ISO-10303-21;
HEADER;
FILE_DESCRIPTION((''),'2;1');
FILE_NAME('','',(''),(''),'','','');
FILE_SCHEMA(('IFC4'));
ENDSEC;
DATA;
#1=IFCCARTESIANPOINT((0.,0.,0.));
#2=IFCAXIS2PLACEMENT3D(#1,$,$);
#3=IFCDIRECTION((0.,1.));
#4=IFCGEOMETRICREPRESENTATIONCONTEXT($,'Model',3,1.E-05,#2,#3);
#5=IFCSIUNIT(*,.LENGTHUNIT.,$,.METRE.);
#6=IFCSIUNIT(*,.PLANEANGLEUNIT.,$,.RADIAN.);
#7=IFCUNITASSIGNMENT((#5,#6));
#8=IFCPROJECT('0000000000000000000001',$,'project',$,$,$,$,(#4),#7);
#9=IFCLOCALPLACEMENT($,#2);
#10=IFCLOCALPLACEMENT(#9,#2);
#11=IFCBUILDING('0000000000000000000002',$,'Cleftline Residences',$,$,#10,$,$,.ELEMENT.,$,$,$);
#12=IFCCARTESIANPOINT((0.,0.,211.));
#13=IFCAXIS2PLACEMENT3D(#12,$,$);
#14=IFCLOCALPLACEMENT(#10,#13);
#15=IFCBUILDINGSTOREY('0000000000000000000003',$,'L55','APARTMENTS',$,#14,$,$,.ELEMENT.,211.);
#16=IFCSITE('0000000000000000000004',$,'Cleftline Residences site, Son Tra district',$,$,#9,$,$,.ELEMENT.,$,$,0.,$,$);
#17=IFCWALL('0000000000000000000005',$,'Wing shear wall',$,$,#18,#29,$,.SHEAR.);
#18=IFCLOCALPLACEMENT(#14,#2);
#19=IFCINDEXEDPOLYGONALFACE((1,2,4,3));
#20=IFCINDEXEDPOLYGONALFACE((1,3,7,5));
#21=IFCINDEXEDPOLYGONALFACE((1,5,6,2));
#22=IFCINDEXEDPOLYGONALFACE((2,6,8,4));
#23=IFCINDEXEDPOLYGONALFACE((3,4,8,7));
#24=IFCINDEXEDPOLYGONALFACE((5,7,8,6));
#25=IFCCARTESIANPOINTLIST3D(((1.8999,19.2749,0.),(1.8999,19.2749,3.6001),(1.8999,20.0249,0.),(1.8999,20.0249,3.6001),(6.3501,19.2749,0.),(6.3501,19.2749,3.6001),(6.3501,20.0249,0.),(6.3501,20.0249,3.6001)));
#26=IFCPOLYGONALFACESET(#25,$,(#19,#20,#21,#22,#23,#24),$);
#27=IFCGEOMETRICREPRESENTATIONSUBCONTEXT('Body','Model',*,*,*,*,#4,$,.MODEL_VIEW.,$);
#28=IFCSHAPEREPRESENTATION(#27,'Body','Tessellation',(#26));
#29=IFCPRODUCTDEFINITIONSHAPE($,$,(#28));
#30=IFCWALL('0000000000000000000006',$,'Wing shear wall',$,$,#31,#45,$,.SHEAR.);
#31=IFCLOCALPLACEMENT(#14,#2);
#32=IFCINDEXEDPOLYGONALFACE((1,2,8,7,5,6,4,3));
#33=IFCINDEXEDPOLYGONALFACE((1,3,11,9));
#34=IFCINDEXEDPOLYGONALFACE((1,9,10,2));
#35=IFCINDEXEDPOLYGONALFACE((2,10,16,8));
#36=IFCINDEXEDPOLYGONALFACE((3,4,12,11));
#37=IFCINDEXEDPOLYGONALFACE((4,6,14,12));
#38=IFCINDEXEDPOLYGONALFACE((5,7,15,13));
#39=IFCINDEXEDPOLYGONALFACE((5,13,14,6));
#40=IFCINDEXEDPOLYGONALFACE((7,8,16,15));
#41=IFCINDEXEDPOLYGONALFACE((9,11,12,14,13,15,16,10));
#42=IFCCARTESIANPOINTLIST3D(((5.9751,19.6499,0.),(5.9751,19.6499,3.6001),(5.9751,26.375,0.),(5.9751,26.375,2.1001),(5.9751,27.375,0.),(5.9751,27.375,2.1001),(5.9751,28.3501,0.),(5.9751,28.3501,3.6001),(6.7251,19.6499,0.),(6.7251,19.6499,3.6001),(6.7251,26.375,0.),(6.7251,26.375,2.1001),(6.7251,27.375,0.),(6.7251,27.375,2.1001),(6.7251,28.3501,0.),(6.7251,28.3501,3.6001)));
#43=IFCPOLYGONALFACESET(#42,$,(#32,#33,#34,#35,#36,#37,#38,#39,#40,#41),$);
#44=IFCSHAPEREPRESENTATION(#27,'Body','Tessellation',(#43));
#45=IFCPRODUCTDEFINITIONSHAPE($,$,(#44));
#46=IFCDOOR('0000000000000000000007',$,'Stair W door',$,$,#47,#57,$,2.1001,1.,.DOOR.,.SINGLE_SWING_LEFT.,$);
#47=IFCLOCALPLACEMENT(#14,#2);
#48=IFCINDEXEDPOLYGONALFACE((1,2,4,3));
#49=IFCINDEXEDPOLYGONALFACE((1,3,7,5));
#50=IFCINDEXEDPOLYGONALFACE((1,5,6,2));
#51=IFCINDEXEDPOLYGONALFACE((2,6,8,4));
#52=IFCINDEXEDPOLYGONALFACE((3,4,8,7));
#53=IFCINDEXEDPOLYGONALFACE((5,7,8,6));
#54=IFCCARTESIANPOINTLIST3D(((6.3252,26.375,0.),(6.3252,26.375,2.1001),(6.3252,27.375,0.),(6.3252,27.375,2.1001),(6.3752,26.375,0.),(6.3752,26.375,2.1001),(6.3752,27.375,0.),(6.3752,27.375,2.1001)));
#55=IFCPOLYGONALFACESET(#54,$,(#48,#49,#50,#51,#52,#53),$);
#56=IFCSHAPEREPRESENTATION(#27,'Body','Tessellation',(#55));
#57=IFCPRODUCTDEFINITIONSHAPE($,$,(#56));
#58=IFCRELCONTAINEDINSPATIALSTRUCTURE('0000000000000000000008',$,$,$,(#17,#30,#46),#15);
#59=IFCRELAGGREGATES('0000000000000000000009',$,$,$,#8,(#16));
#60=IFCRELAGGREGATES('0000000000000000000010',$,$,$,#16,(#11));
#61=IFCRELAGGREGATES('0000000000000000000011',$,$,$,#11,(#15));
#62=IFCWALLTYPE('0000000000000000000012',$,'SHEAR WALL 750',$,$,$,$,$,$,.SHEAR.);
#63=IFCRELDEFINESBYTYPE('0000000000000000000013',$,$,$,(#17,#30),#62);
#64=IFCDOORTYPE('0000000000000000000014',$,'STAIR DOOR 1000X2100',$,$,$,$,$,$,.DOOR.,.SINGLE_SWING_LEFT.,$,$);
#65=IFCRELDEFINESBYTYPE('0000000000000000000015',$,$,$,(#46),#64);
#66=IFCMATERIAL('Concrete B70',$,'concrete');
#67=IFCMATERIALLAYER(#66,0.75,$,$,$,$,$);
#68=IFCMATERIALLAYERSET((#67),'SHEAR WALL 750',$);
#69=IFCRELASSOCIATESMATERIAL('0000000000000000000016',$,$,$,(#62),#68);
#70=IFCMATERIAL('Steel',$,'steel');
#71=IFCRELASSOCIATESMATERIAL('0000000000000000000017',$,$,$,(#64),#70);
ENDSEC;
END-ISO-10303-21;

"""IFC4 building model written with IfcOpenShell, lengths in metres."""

from ifc_helpers import new_model, si_unit, direction, frame, frame_2d, origin, place, context, subcontext, project, spatial, rectangle, extrude, material, layer, layer_set, type_object, element, fill, save


model = new_model("IFC4")

# Units and contexts
model_context = context("Model", 3, precision=1e-05, world=origin(), true_north=direction((0.0, 1.0)))
body_context = subcontext(model_context, "Body", "Model", "MODEL_VIEW")
ifc_project = project(units=[si_unit("LENGTHUNIT", "METRE"), si_unit("PLANEANGLEUNIT", "RADIAN")], contexts=[model_context])

# Site, building, storey
site_placement = place(None, origin())
site = spatial("IfcSite", under=ifc_project, at=site_placement, Name="Cleftline Residences site, Son Tra district", CompositionType="ELEMENT", RefElevation=0.0)
building_placement = place(site_placement, origin())
building = spatial("IfcBuilding", under=site, at=building_placement, Name="Cleftline Residences", CompositionType="ELEMENT")
storey_placement = place(building_placement, frame((0.0, 0.0, 211.0)))
storey = spatial("IfcBuildingStorey", under=building, at=storey_placement, Name="L55", Description="APARTMENTS", CompositionType="ELEMENT", Elevation=211.0)

# Wall
ifc_material_1 = material(Name="Concrete B70", Category="concrete")
ifc_layer_1 = layer(ifc_material_1, 0.75)
ifc_layer_set_1 = layer_set([ifc_layer_1], Name="SHEAR WALL 750")
wall_type_1 = type_object("IfcWallType", Name="SHEAR WALL 750", PredefinedType="SHEAR", material=ifc_layer_set_1)
wall_1_placement = place(storey_placement, frame((1.8999, 19.6499, 0.0), z_axis=(0.0, 0.0, 1.0), x_axis=(1.0, 0.0, 0.0)))
element("IfcWall", 1, at=wall_1_placement, inside=storey, type_object=wall_type_1, Name="Wing shear wall", PredefinedType="SHEAR", context=body_context, shape_type="SweptSolid", body=[
    extrude(rectangle(XDim=4.4502, YDim=0.75, at=frame_2d((2.2251, 0.0))), origin(), (0.0, 0.0, 1.0), 3.6001),
])

# Wall, opening, door
wall_2_placement = place(storey_placement, frame((6.3501, 19.6499, 0.0), z_axis=(0.0, 0.0, 1.0), x_axis=(0.0, 1.0, 0.0)))
wall_2 = element("IfcWall", 2, at=wall_2_placement, inside=storey, type_object=wall_type_1, Name="Wing shear wall", PredefinedType="SHEAR", context=body_context, shape_type="SweptSolid", body=[
    extrude(rectangle(XDim=8.7002, YDim=0.75, at=frame_2d((4.3501, 0.0))), origin(), (0.0, 0.0, 1.0), 3.6001),
])
opening_1_placement = place(wall_2_placement, frame((6.7251, 0.0, 0.0)))
opening_1 = element("IfcOpeningElement", 3, at=opening_1_placement, cuts=wall_2, PredefinedType="OPENING", context=body_context, shape_type="SweptSolid", body=[
    extrude(rectangle(XDim=1.0, YDim=2.1001, at=frame_2d((0.5, 1.05))), frame((0.0, 0.385, 0.0), z_axis=(0.0, -1.0, 0.0), x_axis=(1.0, 0.0, 0.0)), (0.0, 0.0, 1.0), 0.77),
])
ifc_material_2 = material(Name="Steel", Category="steel")
door_type_1 = type_object("IfcDoorType", Name="STAIR DOOR 1000X2100", OperationType="SINGLE_SWING_LEFT", PredefinedType="DOOR", material=ifc_material_2)
door_1_placement = place(opening_1_placement, origin())
door_1 = element("IfcDoor", 4, at=door_1_placement, inside=storey, type_object=door_type_1, Name="Stair W door", OperationType="SINGLE_SWING_LEFT", OverallHeight=2.1001, OverallWidth=1.0, PredefinedType="DOOR", context=body_context, shape_type="SweptSolid", body=[
    extrude(rectangle(XDim=1.0, YDim=2.1001, at=frame_2d((0.5, 1.05))), frame((0.0, 0.0249, 0.0), z_axis=(0.0, -1.0, 0.0), x_axis=(1.0, 0.0, 0.0)), (0.0, 0.0, 1.0), 0.05),
])
fill(opening_1, door_1)

save(model, "model.ifc")
